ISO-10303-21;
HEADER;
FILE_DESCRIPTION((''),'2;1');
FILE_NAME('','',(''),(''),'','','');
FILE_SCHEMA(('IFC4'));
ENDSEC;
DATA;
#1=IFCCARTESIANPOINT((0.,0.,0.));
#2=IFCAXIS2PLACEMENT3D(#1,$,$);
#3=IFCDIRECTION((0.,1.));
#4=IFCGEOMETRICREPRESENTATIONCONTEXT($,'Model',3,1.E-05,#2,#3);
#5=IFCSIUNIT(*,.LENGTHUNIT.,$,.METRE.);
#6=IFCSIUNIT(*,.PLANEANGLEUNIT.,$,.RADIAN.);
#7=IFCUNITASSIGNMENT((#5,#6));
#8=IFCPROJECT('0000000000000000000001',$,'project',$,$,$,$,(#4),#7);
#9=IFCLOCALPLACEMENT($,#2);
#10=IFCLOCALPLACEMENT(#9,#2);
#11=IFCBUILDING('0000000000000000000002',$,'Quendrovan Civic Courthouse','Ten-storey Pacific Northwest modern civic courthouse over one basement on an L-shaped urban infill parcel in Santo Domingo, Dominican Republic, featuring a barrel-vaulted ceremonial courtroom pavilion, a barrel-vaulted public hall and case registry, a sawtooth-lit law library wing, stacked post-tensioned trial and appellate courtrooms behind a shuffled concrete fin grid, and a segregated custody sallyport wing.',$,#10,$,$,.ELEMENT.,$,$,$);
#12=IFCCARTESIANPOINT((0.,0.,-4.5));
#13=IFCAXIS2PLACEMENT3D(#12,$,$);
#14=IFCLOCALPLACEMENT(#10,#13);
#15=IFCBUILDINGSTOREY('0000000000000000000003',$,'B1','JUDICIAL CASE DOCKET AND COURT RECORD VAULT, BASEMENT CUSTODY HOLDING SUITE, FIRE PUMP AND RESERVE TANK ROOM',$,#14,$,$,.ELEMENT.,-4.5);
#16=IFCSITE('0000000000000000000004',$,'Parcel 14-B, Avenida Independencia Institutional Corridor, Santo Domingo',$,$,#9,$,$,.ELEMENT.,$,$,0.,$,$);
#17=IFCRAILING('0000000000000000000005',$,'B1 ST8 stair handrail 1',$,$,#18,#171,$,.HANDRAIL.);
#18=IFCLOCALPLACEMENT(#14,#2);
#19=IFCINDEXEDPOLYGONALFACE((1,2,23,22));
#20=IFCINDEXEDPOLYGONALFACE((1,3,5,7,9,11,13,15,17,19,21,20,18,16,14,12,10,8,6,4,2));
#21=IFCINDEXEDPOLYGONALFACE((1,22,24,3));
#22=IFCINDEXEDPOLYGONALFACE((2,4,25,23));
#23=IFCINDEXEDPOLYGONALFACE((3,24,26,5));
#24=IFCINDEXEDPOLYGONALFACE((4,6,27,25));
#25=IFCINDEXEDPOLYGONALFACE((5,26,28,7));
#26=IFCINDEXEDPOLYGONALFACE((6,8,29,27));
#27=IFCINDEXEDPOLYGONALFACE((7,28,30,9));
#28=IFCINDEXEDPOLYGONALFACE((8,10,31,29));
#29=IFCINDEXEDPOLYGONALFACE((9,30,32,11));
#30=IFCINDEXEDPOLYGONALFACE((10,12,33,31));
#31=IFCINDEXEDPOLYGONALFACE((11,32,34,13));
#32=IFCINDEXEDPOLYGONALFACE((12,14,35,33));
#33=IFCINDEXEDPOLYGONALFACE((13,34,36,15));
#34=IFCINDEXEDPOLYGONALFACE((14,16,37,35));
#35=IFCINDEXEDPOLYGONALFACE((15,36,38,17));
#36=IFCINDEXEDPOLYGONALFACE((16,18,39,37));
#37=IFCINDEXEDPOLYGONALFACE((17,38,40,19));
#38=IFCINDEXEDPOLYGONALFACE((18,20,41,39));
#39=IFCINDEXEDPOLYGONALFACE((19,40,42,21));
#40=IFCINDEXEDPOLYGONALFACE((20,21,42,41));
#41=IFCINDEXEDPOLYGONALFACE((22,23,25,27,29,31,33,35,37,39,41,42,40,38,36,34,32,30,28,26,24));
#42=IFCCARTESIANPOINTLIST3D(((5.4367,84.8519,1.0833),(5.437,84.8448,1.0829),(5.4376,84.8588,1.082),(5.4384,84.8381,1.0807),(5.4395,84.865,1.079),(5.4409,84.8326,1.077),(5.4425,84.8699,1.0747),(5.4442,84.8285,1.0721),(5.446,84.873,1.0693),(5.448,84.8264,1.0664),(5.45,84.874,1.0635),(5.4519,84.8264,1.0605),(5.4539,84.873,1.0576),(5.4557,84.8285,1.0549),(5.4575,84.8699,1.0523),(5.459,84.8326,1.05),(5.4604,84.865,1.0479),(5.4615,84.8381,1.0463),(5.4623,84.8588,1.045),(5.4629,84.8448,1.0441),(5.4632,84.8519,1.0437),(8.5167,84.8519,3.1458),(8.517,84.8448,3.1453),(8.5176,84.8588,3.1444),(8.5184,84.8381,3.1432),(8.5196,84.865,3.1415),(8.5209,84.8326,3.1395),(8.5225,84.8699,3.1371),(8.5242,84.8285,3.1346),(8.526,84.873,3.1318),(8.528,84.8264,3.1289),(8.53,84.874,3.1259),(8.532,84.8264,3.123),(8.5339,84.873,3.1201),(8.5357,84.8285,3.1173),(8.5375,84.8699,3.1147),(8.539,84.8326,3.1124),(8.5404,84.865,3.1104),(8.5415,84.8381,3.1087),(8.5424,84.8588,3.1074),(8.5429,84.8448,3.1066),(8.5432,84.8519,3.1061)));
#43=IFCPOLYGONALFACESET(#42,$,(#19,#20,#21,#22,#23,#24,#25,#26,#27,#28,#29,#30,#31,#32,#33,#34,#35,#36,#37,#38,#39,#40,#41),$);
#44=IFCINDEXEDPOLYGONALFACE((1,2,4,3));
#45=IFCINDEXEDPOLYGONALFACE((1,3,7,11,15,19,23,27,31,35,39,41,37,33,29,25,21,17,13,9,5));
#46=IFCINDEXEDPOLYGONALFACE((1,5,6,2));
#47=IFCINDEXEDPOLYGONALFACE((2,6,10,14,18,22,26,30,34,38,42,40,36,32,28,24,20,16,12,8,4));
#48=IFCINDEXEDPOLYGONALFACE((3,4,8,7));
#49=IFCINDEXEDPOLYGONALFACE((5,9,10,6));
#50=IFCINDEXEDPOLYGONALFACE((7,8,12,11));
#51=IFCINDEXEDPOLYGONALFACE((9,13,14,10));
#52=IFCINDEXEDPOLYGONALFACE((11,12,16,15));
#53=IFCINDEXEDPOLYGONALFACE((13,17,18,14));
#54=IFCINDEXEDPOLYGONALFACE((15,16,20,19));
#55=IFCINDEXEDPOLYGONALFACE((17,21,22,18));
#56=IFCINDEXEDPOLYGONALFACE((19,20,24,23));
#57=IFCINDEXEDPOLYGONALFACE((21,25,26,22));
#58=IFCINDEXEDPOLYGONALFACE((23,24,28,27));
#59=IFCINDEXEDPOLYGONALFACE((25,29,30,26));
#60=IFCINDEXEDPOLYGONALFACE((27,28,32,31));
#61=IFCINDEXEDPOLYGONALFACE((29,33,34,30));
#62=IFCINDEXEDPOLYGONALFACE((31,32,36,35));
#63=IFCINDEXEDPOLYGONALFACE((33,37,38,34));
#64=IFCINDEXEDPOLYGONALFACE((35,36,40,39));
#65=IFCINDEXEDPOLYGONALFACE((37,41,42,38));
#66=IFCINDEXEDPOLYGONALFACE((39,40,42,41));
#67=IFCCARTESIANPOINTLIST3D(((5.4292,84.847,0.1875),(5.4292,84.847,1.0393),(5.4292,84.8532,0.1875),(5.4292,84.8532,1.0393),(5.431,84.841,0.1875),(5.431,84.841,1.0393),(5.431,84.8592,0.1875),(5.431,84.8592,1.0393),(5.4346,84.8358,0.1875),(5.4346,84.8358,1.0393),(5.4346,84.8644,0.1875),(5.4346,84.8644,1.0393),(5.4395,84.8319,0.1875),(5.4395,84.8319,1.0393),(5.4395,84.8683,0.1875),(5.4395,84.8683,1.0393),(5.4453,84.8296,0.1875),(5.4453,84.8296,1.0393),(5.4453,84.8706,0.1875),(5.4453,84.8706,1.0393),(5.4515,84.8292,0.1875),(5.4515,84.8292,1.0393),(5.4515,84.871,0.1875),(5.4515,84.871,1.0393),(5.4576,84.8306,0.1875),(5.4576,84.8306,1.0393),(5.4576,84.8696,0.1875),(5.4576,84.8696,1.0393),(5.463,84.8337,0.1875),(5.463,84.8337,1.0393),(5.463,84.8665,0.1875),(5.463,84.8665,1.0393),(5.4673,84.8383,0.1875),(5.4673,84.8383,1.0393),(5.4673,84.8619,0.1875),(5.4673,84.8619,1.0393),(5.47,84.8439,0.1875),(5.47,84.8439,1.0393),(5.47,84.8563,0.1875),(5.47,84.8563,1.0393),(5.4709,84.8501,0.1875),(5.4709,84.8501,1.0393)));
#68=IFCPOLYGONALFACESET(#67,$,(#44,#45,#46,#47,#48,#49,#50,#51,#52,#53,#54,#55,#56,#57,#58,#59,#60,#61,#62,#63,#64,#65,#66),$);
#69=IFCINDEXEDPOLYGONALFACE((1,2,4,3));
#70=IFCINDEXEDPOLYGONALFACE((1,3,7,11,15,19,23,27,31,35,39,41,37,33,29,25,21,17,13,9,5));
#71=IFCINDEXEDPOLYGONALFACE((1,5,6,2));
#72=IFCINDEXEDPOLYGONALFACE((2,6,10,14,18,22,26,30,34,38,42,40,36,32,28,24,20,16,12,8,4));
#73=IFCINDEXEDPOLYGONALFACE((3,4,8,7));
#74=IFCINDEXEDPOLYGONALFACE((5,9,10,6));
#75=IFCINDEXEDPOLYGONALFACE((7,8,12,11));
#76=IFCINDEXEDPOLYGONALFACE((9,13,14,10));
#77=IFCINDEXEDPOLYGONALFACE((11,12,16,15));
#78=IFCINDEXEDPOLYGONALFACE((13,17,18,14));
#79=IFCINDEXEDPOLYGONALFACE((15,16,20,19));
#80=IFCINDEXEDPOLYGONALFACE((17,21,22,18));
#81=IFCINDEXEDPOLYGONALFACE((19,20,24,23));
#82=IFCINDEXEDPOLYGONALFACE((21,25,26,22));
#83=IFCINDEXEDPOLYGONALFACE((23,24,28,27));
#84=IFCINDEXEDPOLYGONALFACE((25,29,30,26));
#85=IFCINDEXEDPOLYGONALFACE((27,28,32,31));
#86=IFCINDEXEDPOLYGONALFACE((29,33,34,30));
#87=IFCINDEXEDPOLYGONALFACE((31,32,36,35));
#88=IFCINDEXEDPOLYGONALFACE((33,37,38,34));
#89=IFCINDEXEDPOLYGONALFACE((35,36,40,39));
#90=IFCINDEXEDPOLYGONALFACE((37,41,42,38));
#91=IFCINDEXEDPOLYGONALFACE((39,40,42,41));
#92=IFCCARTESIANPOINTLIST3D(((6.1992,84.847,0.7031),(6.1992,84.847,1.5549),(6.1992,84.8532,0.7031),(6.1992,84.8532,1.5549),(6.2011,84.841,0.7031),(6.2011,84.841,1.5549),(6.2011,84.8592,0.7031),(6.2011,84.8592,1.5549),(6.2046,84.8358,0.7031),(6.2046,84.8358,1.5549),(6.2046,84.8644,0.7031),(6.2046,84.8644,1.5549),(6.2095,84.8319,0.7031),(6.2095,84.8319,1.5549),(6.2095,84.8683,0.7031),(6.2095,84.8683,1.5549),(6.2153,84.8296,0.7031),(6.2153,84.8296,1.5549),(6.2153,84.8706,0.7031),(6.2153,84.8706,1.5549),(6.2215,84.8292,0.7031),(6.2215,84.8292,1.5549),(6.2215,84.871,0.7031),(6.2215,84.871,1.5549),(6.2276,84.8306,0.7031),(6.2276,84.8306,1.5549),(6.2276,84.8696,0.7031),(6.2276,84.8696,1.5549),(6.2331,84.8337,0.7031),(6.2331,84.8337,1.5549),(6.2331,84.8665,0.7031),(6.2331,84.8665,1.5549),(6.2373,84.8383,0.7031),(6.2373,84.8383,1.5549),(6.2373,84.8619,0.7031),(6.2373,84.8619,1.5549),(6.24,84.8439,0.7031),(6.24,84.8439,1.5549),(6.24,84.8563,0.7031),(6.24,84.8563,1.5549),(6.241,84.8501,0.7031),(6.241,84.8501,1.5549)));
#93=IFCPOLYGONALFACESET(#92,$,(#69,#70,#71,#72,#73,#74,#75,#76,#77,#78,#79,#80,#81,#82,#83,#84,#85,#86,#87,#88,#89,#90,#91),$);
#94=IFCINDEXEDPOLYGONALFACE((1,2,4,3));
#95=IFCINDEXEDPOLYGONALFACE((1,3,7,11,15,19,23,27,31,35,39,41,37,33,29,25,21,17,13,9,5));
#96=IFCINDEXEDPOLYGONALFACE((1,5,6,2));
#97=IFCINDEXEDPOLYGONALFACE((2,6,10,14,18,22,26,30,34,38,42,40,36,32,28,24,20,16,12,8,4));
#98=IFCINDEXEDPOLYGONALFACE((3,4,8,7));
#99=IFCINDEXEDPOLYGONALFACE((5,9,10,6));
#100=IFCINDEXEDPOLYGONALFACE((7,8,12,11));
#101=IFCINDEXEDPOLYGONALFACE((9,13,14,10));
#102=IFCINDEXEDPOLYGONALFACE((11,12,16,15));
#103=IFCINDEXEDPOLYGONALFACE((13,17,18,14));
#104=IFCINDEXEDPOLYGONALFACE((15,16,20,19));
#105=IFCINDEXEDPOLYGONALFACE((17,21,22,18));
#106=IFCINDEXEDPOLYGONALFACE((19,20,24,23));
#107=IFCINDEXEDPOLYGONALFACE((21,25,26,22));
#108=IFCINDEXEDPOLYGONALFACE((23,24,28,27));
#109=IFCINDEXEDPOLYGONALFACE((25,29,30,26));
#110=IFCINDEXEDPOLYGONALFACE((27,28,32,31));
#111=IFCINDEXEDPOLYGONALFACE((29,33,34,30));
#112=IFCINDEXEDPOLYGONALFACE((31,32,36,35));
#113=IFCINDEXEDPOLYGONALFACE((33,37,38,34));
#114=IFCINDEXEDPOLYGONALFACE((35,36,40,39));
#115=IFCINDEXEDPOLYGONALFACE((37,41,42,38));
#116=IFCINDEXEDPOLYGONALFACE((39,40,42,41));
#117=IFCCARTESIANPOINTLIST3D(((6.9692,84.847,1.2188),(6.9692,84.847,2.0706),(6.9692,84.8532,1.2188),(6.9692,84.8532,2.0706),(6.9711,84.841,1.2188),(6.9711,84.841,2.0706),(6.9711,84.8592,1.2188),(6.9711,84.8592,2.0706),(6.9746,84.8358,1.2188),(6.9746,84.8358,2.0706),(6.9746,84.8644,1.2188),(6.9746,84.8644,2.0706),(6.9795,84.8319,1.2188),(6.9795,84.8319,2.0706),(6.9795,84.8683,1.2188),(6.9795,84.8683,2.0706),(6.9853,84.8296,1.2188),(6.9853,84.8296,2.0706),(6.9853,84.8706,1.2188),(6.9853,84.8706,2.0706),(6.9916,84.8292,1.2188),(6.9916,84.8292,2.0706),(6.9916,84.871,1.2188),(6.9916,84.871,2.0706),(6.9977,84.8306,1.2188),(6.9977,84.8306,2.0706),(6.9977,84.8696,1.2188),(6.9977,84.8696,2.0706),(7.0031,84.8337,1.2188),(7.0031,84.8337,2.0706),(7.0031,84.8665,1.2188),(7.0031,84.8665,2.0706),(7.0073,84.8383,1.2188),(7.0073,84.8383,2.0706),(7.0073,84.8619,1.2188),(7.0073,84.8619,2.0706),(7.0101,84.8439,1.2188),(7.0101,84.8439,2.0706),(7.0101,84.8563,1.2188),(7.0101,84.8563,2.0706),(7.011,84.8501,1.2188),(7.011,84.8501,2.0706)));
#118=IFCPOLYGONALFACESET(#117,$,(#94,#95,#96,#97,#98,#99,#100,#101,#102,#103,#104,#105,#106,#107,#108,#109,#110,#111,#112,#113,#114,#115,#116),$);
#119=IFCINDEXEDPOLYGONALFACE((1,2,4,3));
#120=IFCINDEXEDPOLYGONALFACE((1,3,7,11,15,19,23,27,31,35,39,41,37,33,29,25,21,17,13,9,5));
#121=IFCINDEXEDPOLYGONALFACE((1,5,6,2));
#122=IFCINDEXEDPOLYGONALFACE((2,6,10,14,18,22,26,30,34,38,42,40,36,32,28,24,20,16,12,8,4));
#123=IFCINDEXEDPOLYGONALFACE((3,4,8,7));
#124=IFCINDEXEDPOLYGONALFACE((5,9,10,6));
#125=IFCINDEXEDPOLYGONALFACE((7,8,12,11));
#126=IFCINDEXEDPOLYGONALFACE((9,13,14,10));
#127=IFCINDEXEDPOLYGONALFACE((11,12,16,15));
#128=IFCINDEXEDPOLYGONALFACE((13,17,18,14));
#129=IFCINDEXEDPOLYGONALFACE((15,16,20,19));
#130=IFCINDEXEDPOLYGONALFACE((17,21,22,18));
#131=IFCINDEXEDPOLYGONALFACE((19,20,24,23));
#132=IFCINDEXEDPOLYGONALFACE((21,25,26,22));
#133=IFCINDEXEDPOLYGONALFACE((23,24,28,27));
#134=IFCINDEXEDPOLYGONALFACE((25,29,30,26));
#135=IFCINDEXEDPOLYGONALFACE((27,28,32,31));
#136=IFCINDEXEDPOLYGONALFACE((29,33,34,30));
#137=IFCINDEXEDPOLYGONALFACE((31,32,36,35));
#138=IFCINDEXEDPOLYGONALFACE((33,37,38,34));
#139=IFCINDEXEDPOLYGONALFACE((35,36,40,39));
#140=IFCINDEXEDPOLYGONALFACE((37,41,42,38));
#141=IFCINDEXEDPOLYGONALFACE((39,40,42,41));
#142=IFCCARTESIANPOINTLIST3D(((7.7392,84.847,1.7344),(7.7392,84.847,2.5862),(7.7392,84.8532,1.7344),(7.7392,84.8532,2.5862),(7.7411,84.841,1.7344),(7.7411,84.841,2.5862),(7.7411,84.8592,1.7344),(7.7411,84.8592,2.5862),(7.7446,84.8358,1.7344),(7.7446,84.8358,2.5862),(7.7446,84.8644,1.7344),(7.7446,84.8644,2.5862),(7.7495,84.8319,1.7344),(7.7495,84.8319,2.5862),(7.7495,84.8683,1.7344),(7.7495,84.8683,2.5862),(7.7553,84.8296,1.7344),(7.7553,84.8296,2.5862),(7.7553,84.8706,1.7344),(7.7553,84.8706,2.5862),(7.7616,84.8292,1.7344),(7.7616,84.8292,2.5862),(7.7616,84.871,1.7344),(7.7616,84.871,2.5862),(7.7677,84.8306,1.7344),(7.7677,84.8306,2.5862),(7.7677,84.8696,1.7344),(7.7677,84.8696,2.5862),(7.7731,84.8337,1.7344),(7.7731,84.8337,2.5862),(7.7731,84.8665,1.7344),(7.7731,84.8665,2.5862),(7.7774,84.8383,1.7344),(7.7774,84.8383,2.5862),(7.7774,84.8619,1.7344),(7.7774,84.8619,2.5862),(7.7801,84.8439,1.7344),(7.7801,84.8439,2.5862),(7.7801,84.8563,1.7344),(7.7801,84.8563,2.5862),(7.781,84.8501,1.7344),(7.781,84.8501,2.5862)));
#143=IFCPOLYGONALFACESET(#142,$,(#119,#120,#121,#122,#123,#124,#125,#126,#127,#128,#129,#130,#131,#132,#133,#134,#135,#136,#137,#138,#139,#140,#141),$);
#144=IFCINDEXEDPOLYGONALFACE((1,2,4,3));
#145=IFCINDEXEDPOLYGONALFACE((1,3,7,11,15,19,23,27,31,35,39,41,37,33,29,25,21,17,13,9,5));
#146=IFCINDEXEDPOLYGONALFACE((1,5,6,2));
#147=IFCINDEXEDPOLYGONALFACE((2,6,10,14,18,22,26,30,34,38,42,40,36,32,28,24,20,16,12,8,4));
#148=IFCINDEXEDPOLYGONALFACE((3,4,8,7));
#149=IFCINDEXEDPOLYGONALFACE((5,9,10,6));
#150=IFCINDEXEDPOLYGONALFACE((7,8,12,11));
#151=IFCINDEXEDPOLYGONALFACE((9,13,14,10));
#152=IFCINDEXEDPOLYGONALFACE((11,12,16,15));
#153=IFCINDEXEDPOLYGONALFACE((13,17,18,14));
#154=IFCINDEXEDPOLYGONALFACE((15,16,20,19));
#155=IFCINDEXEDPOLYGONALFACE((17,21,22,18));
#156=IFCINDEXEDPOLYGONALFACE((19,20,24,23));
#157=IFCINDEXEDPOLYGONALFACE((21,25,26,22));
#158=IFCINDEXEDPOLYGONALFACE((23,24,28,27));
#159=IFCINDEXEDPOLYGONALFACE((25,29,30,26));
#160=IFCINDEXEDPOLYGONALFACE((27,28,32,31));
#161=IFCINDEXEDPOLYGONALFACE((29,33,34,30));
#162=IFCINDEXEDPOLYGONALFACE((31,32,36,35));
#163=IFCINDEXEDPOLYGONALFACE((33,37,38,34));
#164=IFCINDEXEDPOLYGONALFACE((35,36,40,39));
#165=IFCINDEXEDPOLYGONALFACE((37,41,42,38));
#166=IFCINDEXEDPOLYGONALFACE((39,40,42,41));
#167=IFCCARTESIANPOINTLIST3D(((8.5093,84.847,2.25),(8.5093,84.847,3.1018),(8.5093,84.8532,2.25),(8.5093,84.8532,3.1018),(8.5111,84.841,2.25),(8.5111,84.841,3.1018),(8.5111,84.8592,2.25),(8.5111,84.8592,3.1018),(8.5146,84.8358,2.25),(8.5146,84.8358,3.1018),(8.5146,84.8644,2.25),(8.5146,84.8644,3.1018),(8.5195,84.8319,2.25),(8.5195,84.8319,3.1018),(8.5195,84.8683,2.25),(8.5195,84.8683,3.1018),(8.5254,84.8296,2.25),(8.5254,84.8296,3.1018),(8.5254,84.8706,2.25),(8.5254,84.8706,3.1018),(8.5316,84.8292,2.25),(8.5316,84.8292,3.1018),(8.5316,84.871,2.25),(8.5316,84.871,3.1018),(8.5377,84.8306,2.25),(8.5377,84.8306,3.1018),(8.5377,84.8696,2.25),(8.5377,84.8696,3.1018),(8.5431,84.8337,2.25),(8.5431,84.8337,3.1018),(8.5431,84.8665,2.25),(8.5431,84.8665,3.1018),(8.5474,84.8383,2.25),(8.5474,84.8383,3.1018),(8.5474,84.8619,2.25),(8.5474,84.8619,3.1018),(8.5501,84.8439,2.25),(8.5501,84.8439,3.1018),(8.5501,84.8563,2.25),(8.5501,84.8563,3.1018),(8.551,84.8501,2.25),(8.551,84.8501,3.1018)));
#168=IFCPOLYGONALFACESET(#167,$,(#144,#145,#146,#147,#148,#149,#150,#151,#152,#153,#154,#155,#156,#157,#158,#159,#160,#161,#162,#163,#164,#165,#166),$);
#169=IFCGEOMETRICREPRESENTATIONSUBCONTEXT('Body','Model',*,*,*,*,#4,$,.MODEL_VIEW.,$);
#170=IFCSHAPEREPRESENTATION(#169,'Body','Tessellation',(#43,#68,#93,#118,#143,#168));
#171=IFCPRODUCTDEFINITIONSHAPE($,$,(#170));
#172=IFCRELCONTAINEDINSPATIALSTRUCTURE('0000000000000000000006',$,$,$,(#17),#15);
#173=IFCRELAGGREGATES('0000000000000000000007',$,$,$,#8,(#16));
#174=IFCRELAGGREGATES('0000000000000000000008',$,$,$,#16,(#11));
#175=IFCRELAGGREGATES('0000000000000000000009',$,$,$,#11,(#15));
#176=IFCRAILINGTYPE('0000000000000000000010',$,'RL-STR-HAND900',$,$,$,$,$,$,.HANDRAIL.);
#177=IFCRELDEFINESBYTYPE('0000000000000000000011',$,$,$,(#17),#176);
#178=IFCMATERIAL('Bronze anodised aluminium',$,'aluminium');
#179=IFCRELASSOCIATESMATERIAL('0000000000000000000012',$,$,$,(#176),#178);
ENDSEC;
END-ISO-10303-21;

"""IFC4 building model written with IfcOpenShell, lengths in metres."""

from ifc_helpers import new_model, si_unit, direction, frame, origin, origin_2d, place, context, subcontext, project, spatial, circle, extrude, material, type_object, element, save


model = new_model("IFC4")

# Units and contexts
model_context = context("Model", 3, precision=1e-05, world=origin(), true_north=direction((0.0, 1.0)))
body_context = subcontext(model_context, "Body", "Model", "MODEL_VIEW")
ifc_project = project(units=[si_unit("LENGTHUNIT", "METRE"), si_unit("PLANEANGLEUNIT", "RADIAN")], contexts=[model_context])

# Site, building, storey
site_placement = place(None, origin())
site = spatial("IfcSite", under=ifc_project, at=site_placement, Name="Parcel 14-B, Avenida Independencia Institutional Corridor, Santo Domingo", CompositionType="ELEMENT", RefElevation=0.0)
building_placement = place(site_placement, origin())
building = spatial("IfcBuilding", under=site, at=building_placement, Name="Quendrovan Civic Courthouse", Description="Ten-storey Pacific Northwest modern civic courthouse over one basement on an L-shaped urban infill parcel in Santo Domingo, Dominican Republic, featuring a barrel-vaulted ceremonial courtroom pavilion, a barrel-vaulted public hall and case registry, a sawtooth-lit law library wing, stacked post-tensioned trial and appellate courtrooms behind a shuffled concrete fin grid, and a segregated custody sallyport wing.", CompositionType="ELEMENT")
storey_placement = place(building_placement, frame((0.0, 0.0, -4.5)))
storey = spatial("IfcBuildingStorey", under=building, at=storey_placement, Name="B1", Description="JUDICIAL CASE DOCKET AND COURT RECORD VAULT, BASEMENT CUSTODY HOLDING SUITE, FIRE PUMP AND RESERVE TANK ROOM", CompositionType="ELEMENT", Elevation=-4.5)

# Railing
ifc_material_1 = material(Name="Bronze anodised aluminium", Category="aluminium")
railing_type_1 = type_object("IfcRailingType", Name="RL-STR-HAND900", PredefinedType="HANDRAIL", material=ifc_material_1)
railing_1_placement = place(storey_placement, frame((5.45, 84.8501, 0.1875)))
element("IfcRailing", 1, at=railing_1_placement, inside=storey, type_object=railing_type_1, Name="B1 ST8 stair handrail 1", PredefinedType="HANDRAIL", context=body_context, shape_type="SweptSolid", body=[
    extrude(circle(Radius=0.0239, at=origin_2d()), frame((0.0, 0.0, 0.876), z_axis=(0.830914, 0.0, 0.556401), x_axis=(0.0, 1.0, 0.0)), (0.0, 0.0, 1.0), 3.7068),
    extrude(circle(Radius=0.021, at=origin_2d()), origin(), (0.0, 0.0, 1.0), 0.8518),
    extrude(circle(Radius=0.021, at=origin_2d()), frame((0.77, 0.0, 0.5156)), (0.0, 0.0, 1.0), 0.8518),
    extrude(circle(Radius=0.021, at=origin_2d()), frame((1.54, 0.0, 1.0312)), (0.0, 0.0, 1.0), 0.8518),
    extrude(circle(Radius=0.021, at=origin_2d()), frame((2.3101, 0.0, 1.5469)), (0.0, 0.0, 1.0), 0.8518),
    extrude(circle(Radius=0.021, at=origin_2d()), frame((3.0801, 0.0, 2.0625)), (0.0, 0.0, 1.0), 0.8518),
])

save(model, "model.ifc")
